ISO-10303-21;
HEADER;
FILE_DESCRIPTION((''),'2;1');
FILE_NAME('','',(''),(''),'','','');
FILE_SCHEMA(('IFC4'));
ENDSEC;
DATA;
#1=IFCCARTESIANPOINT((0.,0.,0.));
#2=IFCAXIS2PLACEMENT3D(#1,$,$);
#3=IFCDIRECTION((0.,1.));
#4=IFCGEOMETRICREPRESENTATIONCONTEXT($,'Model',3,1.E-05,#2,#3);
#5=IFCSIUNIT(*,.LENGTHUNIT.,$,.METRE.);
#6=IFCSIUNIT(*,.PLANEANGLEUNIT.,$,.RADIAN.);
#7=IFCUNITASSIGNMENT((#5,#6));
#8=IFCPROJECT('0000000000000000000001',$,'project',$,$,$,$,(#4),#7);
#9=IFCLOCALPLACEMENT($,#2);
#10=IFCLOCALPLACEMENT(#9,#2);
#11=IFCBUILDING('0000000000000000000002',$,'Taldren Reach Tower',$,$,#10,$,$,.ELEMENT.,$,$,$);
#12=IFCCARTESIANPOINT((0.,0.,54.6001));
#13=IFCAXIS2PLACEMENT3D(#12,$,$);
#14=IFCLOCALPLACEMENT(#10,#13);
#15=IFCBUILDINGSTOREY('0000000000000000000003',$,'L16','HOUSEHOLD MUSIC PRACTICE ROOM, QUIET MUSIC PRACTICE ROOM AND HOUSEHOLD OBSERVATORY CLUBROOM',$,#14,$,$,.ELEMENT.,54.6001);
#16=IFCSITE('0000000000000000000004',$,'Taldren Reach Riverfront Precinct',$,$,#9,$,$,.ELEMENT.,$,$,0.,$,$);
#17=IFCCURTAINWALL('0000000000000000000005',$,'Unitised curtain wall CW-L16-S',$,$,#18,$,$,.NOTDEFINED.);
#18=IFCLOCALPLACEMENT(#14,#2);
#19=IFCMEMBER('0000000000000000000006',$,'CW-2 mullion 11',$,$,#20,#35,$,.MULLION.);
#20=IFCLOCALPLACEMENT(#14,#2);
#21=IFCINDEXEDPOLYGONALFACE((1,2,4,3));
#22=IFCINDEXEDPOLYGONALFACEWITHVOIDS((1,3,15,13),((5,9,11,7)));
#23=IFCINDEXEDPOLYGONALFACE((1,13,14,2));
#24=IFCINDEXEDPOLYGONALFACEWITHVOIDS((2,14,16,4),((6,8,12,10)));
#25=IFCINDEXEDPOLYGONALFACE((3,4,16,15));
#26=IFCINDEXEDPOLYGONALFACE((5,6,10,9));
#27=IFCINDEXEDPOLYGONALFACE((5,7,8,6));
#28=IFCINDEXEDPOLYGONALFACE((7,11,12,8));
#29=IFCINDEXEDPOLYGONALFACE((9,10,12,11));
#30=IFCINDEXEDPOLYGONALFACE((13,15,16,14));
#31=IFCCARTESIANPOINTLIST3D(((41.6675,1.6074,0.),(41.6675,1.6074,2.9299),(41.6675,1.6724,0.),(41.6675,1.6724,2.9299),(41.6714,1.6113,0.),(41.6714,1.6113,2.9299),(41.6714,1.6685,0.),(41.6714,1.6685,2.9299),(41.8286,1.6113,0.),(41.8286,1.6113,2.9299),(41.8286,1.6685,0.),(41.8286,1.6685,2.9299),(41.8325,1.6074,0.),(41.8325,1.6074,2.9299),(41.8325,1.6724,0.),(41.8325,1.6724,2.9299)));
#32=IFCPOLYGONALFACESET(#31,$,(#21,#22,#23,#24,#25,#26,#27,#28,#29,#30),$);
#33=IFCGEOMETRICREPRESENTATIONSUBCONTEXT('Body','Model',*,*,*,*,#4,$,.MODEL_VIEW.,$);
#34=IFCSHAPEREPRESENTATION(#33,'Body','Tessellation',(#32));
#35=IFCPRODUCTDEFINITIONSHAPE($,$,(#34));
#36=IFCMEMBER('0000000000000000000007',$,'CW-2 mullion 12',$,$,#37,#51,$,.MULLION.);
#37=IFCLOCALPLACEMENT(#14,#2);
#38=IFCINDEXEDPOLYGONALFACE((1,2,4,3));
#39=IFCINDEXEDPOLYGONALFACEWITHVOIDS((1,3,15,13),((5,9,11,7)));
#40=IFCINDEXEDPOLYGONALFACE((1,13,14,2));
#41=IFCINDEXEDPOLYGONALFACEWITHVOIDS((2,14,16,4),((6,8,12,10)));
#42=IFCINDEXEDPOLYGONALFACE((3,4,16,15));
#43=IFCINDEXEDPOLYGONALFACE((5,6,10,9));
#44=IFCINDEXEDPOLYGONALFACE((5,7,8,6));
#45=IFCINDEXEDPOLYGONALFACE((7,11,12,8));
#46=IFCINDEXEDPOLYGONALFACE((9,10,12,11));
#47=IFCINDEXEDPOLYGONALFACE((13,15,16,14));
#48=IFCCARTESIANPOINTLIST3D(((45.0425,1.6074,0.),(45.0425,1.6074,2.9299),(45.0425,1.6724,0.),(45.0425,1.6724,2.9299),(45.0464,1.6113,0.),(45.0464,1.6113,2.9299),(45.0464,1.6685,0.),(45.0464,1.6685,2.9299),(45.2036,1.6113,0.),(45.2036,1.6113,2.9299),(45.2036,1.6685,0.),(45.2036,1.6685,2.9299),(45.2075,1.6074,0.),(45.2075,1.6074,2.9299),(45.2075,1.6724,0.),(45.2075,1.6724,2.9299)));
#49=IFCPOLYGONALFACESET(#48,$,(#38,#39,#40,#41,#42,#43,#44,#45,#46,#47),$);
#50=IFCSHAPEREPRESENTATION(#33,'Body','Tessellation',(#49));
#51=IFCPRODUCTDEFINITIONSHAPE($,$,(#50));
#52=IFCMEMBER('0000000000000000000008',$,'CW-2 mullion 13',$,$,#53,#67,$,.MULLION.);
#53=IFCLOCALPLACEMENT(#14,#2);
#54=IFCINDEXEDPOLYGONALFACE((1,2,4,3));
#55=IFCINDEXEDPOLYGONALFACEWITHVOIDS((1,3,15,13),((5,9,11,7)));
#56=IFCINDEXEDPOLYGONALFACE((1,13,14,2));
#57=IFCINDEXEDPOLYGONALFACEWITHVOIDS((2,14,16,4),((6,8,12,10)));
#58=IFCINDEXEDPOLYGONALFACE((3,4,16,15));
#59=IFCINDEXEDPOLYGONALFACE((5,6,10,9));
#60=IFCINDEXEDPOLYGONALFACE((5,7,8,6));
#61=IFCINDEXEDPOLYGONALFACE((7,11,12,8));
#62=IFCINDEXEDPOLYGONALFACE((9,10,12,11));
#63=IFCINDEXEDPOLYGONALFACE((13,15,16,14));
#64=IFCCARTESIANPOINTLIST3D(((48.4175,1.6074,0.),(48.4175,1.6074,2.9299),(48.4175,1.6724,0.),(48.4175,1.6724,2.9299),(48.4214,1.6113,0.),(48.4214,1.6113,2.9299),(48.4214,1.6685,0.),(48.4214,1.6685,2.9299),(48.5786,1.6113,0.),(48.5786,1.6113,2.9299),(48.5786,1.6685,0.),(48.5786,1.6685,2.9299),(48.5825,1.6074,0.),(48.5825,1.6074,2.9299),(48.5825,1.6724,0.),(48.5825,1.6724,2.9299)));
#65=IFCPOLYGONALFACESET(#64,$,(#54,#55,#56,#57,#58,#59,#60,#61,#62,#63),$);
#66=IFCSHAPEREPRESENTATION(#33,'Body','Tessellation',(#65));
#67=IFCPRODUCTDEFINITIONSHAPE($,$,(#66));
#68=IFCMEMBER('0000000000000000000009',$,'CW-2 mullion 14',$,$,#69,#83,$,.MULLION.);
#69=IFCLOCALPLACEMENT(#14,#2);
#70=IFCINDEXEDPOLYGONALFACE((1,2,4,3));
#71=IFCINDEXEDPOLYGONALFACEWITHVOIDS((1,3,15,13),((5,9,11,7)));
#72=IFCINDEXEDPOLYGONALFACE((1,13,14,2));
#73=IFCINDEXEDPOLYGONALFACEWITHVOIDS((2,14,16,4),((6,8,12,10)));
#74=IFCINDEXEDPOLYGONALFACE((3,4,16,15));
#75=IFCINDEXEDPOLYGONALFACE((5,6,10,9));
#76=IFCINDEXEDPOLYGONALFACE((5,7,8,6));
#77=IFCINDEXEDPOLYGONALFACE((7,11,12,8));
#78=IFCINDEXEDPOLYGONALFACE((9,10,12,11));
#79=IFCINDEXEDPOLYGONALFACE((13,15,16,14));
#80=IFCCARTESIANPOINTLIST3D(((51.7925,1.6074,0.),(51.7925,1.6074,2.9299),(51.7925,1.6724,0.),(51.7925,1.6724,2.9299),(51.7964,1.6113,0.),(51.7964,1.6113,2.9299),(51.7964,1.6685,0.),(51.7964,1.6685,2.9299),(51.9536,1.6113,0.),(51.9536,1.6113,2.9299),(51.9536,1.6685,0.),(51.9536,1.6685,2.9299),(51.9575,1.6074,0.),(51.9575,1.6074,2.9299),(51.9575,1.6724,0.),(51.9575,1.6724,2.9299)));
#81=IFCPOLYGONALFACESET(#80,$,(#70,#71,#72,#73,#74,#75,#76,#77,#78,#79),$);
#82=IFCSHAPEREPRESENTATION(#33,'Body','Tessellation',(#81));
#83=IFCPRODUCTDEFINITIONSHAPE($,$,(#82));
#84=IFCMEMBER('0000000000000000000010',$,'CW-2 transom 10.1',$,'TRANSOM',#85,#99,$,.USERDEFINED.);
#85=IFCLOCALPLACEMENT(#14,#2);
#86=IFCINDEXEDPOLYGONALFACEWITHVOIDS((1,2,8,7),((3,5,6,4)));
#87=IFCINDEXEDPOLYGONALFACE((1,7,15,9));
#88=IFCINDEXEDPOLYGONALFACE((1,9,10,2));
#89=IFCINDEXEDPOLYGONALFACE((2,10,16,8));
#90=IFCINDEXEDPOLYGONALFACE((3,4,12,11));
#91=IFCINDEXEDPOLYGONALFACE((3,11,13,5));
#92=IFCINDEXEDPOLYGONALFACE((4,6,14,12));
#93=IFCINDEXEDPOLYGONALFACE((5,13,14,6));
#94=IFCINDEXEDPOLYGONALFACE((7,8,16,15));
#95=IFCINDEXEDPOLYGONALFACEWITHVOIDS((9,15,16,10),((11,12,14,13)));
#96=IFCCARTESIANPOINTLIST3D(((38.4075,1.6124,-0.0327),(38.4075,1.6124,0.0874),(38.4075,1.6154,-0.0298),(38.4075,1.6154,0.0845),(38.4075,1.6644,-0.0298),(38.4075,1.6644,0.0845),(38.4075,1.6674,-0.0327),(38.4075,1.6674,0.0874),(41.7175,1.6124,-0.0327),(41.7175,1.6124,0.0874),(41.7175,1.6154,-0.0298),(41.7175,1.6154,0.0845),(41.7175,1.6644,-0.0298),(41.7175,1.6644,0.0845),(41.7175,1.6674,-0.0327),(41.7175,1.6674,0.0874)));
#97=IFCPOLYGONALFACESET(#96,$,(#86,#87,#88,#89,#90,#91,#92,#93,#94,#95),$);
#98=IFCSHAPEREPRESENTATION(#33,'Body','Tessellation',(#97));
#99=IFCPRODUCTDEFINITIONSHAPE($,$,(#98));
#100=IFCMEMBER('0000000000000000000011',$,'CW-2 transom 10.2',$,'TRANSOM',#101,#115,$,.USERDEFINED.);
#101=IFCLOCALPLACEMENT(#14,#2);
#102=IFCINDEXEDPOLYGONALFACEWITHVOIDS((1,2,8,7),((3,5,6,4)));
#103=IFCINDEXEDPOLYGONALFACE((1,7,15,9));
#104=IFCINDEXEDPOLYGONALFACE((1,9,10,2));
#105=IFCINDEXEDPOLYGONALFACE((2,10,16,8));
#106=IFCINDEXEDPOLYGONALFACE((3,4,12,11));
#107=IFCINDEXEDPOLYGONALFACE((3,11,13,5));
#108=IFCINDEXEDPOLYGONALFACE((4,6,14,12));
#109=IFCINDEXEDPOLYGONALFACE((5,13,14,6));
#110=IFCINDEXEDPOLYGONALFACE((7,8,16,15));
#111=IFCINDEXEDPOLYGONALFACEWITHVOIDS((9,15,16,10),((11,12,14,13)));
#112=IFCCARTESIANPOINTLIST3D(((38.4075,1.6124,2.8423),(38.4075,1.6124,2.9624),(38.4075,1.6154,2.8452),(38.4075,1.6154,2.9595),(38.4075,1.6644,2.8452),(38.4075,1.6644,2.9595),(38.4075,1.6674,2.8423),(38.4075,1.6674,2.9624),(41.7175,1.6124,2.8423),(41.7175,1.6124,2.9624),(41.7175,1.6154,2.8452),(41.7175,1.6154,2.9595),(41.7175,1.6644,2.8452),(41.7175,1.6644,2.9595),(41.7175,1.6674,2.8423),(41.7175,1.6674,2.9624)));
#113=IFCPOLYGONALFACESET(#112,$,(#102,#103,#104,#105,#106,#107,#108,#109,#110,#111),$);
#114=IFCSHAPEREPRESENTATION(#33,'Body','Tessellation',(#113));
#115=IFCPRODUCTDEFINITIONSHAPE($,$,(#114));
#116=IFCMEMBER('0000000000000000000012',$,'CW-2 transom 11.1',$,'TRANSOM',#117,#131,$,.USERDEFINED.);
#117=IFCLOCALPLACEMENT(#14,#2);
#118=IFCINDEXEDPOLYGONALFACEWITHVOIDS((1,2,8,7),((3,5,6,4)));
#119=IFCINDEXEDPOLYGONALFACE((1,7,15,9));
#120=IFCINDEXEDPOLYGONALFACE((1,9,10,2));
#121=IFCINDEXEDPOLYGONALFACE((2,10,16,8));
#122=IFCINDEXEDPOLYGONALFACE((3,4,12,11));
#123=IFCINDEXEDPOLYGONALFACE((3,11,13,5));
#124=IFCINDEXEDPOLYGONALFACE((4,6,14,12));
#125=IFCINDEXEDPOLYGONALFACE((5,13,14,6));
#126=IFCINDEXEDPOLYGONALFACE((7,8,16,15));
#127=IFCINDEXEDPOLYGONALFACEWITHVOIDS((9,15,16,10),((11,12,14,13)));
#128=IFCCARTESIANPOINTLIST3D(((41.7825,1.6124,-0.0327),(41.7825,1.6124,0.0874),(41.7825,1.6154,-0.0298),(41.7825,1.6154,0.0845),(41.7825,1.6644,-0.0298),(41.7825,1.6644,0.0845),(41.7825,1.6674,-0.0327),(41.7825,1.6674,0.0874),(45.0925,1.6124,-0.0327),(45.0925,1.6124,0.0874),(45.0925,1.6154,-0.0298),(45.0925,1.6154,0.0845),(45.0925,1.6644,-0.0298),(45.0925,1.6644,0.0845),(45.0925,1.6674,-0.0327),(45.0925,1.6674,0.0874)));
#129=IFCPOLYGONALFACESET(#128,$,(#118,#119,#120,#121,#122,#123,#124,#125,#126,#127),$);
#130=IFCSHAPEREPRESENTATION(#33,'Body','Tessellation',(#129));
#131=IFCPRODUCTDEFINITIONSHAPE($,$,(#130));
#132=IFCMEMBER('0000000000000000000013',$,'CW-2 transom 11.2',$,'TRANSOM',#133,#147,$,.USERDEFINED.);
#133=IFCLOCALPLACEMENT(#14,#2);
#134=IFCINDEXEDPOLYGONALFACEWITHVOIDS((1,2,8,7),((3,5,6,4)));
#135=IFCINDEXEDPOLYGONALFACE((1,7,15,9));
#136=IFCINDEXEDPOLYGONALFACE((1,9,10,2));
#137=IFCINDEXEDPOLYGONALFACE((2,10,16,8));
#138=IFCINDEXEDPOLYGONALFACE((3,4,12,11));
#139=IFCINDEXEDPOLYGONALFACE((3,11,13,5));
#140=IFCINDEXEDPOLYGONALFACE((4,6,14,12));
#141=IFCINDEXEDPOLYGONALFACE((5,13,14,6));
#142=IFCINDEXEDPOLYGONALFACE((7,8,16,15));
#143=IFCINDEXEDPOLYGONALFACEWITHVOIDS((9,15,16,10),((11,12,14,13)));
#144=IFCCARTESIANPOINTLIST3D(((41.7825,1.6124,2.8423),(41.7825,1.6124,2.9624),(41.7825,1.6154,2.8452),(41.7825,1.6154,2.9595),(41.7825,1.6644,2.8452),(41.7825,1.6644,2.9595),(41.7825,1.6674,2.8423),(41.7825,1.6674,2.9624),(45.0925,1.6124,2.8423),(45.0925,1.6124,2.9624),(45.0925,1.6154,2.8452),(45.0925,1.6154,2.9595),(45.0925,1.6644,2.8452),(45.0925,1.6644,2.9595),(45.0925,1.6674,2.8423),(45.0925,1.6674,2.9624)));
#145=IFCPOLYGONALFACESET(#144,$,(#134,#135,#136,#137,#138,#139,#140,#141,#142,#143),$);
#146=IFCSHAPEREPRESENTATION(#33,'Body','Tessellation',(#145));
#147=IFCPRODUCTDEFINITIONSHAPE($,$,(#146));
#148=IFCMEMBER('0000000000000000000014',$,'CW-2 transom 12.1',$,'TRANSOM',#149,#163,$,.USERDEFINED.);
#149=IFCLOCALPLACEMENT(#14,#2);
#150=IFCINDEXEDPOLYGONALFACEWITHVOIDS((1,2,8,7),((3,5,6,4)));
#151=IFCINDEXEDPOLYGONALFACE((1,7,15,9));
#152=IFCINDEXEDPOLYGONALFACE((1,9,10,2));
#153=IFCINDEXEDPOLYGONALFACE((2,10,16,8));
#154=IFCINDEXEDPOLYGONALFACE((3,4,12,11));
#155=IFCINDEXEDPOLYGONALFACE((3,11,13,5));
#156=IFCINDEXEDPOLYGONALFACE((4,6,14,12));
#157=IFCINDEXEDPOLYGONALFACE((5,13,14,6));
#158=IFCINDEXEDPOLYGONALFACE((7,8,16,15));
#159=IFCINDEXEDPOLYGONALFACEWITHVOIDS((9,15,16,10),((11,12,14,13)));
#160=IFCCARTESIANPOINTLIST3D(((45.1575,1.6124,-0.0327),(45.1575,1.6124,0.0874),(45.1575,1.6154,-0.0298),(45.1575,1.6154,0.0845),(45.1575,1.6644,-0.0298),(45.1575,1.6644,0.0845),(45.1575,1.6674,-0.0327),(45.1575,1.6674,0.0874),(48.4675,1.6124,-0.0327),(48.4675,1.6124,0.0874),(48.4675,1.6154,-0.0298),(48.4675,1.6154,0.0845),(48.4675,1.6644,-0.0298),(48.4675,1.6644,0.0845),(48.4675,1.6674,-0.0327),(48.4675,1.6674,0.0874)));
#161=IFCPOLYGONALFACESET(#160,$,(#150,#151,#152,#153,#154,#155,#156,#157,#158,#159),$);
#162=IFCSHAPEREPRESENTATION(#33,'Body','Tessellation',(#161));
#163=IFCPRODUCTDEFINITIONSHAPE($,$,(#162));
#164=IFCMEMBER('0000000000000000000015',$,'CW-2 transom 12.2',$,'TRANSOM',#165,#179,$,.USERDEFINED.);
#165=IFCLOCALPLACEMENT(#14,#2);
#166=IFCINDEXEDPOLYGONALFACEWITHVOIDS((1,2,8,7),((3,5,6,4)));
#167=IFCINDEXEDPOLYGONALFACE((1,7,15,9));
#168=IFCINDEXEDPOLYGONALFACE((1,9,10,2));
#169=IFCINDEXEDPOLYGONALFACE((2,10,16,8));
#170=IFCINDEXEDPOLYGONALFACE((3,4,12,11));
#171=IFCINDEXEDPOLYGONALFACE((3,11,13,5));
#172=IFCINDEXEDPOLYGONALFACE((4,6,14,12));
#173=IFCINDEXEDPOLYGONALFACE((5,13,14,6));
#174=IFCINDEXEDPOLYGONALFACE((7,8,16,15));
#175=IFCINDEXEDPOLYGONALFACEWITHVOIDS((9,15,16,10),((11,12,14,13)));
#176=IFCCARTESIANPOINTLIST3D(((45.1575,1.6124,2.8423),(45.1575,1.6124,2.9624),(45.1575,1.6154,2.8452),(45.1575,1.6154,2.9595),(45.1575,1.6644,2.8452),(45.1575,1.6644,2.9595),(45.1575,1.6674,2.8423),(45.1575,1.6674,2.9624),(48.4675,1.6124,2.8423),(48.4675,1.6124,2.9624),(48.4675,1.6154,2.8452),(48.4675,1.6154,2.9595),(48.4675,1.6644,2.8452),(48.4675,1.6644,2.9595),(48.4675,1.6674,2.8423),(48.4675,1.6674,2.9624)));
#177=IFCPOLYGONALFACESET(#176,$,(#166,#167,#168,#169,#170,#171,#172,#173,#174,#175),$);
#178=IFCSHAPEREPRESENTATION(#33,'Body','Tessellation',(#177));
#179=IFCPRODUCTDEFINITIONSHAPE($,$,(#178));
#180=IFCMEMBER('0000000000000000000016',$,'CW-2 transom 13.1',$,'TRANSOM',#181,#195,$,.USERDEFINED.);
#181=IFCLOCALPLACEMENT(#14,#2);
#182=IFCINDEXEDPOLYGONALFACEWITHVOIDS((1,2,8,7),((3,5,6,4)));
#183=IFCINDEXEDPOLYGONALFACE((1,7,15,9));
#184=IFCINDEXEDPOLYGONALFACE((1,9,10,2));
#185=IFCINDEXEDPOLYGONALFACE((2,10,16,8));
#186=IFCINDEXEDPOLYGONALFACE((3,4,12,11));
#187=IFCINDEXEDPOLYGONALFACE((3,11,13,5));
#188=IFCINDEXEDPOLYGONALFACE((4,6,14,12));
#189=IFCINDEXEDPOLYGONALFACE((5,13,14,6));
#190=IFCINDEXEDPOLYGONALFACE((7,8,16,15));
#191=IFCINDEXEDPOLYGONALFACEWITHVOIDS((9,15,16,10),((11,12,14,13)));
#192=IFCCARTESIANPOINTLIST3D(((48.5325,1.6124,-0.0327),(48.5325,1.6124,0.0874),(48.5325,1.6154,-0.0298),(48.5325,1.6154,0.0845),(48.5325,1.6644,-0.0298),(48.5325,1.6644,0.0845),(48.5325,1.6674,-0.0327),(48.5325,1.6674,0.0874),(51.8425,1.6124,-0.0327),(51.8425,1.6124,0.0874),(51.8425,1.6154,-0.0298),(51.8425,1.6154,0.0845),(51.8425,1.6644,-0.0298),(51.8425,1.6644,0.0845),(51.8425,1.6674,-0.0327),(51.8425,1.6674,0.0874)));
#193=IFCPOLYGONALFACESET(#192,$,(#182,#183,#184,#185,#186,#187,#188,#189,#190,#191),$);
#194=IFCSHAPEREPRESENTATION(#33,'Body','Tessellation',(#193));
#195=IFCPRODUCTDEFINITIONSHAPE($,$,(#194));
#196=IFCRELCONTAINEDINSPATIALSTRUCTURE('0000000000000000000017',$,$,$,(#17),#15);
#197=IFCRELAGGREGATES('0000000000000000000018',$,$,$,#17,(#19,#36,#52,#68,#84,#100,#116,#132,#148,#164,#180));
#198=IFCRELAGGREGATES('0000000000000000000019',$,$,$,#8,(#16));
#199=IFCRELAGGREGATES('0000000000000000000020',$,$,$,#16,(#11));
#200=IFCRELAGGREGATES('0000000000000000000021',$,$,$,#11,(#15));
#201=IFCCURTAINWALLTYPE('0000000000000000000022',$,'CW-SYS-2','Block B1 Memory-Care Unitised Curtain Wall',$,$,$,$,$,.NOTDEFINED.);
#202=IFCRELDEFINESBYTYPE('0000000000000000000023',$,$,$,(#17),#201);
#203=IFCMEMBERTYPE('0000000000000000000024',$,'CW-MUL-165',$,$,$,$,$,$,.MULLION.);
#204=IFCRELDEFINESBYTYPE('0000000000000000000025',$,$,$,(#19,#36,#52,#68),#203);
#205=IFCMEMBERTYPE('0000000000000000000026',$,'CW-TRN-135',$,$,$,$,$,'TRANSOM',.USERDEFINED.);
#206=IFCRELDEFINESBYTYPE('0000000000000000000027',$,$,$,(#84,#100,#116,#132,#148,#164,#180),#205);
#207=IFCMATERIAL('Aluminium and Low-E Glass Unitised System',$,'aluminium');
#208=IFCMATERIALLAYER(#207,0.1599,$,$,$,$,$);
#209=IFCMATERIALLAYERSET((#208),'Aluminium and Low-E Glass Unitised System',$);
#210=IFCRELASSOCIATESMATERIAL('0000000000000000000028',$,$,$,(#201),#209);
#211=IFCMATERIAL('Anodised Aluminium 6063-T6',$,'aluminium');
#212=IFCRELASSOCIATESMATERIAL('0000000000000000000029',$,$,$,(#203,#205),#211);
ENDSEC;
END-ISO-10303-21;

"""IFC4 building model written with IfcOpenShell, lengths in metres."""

from ifc_helpers import new_model, si_unit, direction, frame, origin, origin_2d, place, context, subcontext, project, spatial, hollow_rectangle, extrude, source, transform, mapped, material, layer, layer_set, material_profile, profile_set, type_object, element, aggregate, save


model = new_model("IFC4")

# Units and contexts
model_context = context("Model", 3, precision=1e-05, world=origin(), true_north=direction((0.0, 1.0)))
body_context = subcontext(model_context, "Body", "Model", "MODEL_VIEW")
ifc_project = project(units=[si_unit("LENGTHUNIT", "METRE"), si_unit("PLANEANGLEUNIT", "RADIAN")], contexts=[model_context])

# Site, building, storey
site_placement = place(None, origin())
site = spatial("IfcSite", under=ifc_project, at=site_placement, Name="Taldren Reach Riverfront Precinct", CompositionType="ELEMENT", RefElevation=0.0)
building_placement = place(site_placement, origin())
building = spatial("IfcBuilding", under=site, at=building_placement, Name="Taldren Reach Tower", CompositionType="ELEMENT")
storey_placement = place(building_placement, frame((0.0, 0.0, 54.6001)))
storey = spatial("IfcBuildingStorey", under=building, at=storey_placement, Name="L16", Description="HOUSEHOLD MUSIC PRACTICE ROOM, QUIET MUSIC PRACTICE ROOM AND HOUSEHOLD OBSERVATORY CLUBROOM", CompositionType="ELEMENT", Elevation=54.6001)

# Curtain wall, members
ifc_material_1 = material(Name="Aluminium and Low-E Glass Unitised System", Category="aluminium")
ifc_layer_1 = layer(ifc_material_1, 0.1599)
ifc_layer_set_1 = layer_set([ifc_layer_1], Name="Aluminium and Low-E Glass Unitised System")
curtain_wall_type = type_object("IfcCurtainWallType", Name="CW-SYS-2", Description="Block B1 Memory-Care Unitised Curtain Wall", PredefinedType="NOTDEFINED", material=ifc_layer_set_1)
curtain_wall_placement = place(storey_placement, origin())
curtain_wall = element("IfcCurtainWall", 1, at=curtain_wall_placement, inside=storey, type_object=curtain_wall_type, Name="Unitised curtain wall CW-L16-S", PredefinedType="NOTDEFINED")
ifc_material_2 = material(Name="Anodised Aluminium 6063-T6", Category="aluminium")
ifc_material_profile_1 = material_profile(ifc_material_2, hollow_rectangle(XDim=0.0649, YDim=0.165, WallThickness=0.0039, at=origin_2d()), Name="ALU-165x65x4RHS")
ifc_profile_set_1 = profile_set([ifc_material_profile_1], Name="Anodised Aluminium 6063-T6")
member_type_1 = type_object("IfcMemberType", Name="CW-MUL-165", PredefinedType="MULLION", material=ifc_profile_set_1)
shared_shape_1 = source(origin(), body_context, "Body", "SweptSolid", [
    extrude(hollow_rectangle(XDim=0.0649, YDim=0.165, WallThickness=0.0039, at=origin_2d()), origin(), (0.0, 0.0, 1.0), 2.9299),
])
member_1_placement = place(storey_placement, frame((41.75, 1.6399, 0.0), z_axis=(0.0, 0.0, 1.0), x_axis=(0.0, 1.0, 0.0)))
member_1 = element("IfcMember", 2, at=member_1_placement, type_object=member_type_1, Name="CW-2 mullion 11", PredefinedType="MULLION", context=body_context, shape_type="MappedRepresentation", body=[
    mapped(shared_shape_1, transform((0.0, 0.0, 0.0), scale=1.0)),
])
member_2_placement = place(storey_placement, frame((45.125, 1.6399, 0.0), z_axis=(0.0, 0.0, 1.0), x_axis=(0.0, 1.0, 0.0)))
member_2 = element("IfcMember", 3, at=member_2_placement, type_object=member_type_1, Name="CW-2 mullion 12", PredefinedType="MULLION", context=body_context, shape_type="MappedRepresentation", body=[
    mapped(shared_shape_1, transform((0.0, 0.0, 0.0), scale=1.0)),
])
member_3_placement = place(storey_placement, frame((48.5, 1.6399, 0.0), z_axis=(0.0, 0.0, 1.0), x_axis=(0.0, 1.0, 0.0)))
member_3 = element("IfcMember", 4, at=member_3_placement, type_object=member_type_1, Name="CW-2 mullion 13", PredefinedType="MULLION", context=body_context, shape_type="MappedRepresentation", body=[
    mapped(shared_shape_1, transform((0.0, 0.0, 0.0), scale=1.0)),
])
member_4_placement = place(storey_placement, frame((51.875, 1.6399, 0.0), z_axis=(0.0, 0.0, 1.0), x_axis=(0.0, 1.0, 0.0)))
member_4 = element("IfcMember", 5, at=member_4_placement, type_object=member_type_1, Name="CW-2 mullion 14", PredefinedType="MULLION", context=body_context, shape_type="MappedRepresentation", body=[
    mapped(shared_shape_1, transform((0.0, 0.0, 0.0), scale=1.0)),
])
ifc_material_profile_2 = material_profile(ifc_material_2, hollow_rectangle(XDim=0.0549, YDim=0.1201, WallThickness=0.0029, at=origin_2d()), Name="ALU-120x55x3RHS")
ifc_profile_set_2 = profile_set([ifc_material_profile_2], Name="Anodised Aluminium 6063-T6")
member_type_2 = type_object("IfcMemberType", Name="CW-TRN-135", ElementType="TRANSOM", PredefinedType="USERDEFINED", material=ifc_profile_set_2)
shared_shape_2 = source(origin(), body_context, "Body", "SweptSolid", [
    extrude(hollow_rectangle(XDim=0.0549, YDim=0.1201, WallThickness=0.0029, at=origin_2d()), origin(), (0.0, 0.0, 1.0), 3.3101),
])
member_5_placement = place(storey_placement, frame((38.4075, 1.6399, 0.0273), z_axis=(1.0, 0.0, 0.0), x_axis=(0.0, 1.0, 0.0)))
member_5 = element("IfcMember", 6, at=member_5_placement, type_object=member_type_2, Name="CW-2 transom 10.1", ObjectType="TRANSOM", PredefinedType="USERDEFINED", context=body_context, shape_type="MappedRepresentation", body=[
    mapped(shared_shape_2, transform((0.0, 0.0, 0.0), scale=1.0)),
])
member_6_placement = place(storey_placement, frame((38.4075, 1.6399, 2.9023), z_axis=(1.0, 0.0, 0.0), x_axis=(0.0, 1.0, 0.0)))
member_6 = element("IfcMember", 7, at=member_6_placement, type_object=member_type_2, Name="CW-2 transom 10.2", ObjectType="TRANSOM", PredefinedType="USERDEFINED", context=body_context, shape_type="MappedRepresentation", body=[
    mapped(shared_shape_2, transform((0.0, 0.0, 0.0), scale=1.0)),
])
member_7_placement = place(storey_placement, frame((41.7825, 1.6399, 0.0273), z_axis=(1.0, 0.0, 0.0), x_axis=(0.0, 1.0, 0.0)))
member_7 = element("IfcMember", 8, at=member_7_placement, type_object=member_type_2, Name="CW-2 transom 11.1", ObjectType="TRANSOM", PredefinedType="USERDEFINED", context=body_context, shape_type="MappedRepresentation", body=[
    mapped(shared_shape_2, transform((0.0, 0.0, 0.0), scale=1.0)),
])
member_8_placement = place(storey_placement, frame((41.7825, 1.6399, 2.9023), z_axis=(1.0, 0.0, 0.0), x_axis=(0.0, 1.0, 0.0)))
member_8 = element("IfcMember", 9, at=member_8_placement, type_object=member_type_2, Name="CW-2 transom 11.2", ObjectType="TRANSOM", PredefinedType="USERDEFINED", context=body_context, shape_type="MappedRepresentation", body=[
    mapped(shared_shape_2, transform((0.0, 0.0, 0.0), scale=1.0)),
])
member_9_placement = place(storey_placement, frame((45.1575, 1.6399, 0.0273), z_axis=(1.0, 0.0, 0.0), x_axis=(0.0, 1.0, 0.0)))
member_9 = element("IfcMember", 10, at=member_9_placement, type_object=member_type_2, Name="CW-2 transom 12.1", ObjectType="TRANSOM", PredefinedType="USERDEFINED", context=body_context, shape_type="MappedRepresentation", body=[
    mapped(shared_shape_2, transform((0.0, 0.0, 0.0), scale=1.0)),
])
member_10_placement = place(storey_placement, frame((45.1575, 1.6399, 2.9023), z_axis=(1.0, 0.0, 0.0), x_axis=(0.0, 1.0, 0.0)))
member_10 = element("IfcMember", 11, at=member_10_placement, type_object=member_type_2, Name="CW-2 transom 12.2", ObjectType="TRANSOM", PredefinedType="USERDEFINED", context=body_context, shape_type="MappedRepresentation", body=[
    mapped(shared_shape_2, transform((0.0, 0.0, 0.0), scale=1.0)),
])
member_11_placement = place(storey_placement, frame((48.5325, 1.6399, 0.0273), z_axis=(1.0, 0.0, 0.0), x_axis=(0.0, 1.0, 0.0)))
member_11 = element("IfcMember", 12, at=member_11_placement, type_object=member_type_2, Name="CW-2 transom 13.1", ObjectType="TRANSOM", PredefinedType="USERDEFINED", context=body_context, shape_type="MappedRepresentation", body=[
    mapped(shared_shape_2, transform((0.0, 0.0, 0.0), scale=1.0)),
])

aggregate(curtain_wall, [member_1, member_2, member_3, member_4, member_5, member_6, member_7, member_8, member_9, member_10, member_11])

save(model, "model.ifc")
